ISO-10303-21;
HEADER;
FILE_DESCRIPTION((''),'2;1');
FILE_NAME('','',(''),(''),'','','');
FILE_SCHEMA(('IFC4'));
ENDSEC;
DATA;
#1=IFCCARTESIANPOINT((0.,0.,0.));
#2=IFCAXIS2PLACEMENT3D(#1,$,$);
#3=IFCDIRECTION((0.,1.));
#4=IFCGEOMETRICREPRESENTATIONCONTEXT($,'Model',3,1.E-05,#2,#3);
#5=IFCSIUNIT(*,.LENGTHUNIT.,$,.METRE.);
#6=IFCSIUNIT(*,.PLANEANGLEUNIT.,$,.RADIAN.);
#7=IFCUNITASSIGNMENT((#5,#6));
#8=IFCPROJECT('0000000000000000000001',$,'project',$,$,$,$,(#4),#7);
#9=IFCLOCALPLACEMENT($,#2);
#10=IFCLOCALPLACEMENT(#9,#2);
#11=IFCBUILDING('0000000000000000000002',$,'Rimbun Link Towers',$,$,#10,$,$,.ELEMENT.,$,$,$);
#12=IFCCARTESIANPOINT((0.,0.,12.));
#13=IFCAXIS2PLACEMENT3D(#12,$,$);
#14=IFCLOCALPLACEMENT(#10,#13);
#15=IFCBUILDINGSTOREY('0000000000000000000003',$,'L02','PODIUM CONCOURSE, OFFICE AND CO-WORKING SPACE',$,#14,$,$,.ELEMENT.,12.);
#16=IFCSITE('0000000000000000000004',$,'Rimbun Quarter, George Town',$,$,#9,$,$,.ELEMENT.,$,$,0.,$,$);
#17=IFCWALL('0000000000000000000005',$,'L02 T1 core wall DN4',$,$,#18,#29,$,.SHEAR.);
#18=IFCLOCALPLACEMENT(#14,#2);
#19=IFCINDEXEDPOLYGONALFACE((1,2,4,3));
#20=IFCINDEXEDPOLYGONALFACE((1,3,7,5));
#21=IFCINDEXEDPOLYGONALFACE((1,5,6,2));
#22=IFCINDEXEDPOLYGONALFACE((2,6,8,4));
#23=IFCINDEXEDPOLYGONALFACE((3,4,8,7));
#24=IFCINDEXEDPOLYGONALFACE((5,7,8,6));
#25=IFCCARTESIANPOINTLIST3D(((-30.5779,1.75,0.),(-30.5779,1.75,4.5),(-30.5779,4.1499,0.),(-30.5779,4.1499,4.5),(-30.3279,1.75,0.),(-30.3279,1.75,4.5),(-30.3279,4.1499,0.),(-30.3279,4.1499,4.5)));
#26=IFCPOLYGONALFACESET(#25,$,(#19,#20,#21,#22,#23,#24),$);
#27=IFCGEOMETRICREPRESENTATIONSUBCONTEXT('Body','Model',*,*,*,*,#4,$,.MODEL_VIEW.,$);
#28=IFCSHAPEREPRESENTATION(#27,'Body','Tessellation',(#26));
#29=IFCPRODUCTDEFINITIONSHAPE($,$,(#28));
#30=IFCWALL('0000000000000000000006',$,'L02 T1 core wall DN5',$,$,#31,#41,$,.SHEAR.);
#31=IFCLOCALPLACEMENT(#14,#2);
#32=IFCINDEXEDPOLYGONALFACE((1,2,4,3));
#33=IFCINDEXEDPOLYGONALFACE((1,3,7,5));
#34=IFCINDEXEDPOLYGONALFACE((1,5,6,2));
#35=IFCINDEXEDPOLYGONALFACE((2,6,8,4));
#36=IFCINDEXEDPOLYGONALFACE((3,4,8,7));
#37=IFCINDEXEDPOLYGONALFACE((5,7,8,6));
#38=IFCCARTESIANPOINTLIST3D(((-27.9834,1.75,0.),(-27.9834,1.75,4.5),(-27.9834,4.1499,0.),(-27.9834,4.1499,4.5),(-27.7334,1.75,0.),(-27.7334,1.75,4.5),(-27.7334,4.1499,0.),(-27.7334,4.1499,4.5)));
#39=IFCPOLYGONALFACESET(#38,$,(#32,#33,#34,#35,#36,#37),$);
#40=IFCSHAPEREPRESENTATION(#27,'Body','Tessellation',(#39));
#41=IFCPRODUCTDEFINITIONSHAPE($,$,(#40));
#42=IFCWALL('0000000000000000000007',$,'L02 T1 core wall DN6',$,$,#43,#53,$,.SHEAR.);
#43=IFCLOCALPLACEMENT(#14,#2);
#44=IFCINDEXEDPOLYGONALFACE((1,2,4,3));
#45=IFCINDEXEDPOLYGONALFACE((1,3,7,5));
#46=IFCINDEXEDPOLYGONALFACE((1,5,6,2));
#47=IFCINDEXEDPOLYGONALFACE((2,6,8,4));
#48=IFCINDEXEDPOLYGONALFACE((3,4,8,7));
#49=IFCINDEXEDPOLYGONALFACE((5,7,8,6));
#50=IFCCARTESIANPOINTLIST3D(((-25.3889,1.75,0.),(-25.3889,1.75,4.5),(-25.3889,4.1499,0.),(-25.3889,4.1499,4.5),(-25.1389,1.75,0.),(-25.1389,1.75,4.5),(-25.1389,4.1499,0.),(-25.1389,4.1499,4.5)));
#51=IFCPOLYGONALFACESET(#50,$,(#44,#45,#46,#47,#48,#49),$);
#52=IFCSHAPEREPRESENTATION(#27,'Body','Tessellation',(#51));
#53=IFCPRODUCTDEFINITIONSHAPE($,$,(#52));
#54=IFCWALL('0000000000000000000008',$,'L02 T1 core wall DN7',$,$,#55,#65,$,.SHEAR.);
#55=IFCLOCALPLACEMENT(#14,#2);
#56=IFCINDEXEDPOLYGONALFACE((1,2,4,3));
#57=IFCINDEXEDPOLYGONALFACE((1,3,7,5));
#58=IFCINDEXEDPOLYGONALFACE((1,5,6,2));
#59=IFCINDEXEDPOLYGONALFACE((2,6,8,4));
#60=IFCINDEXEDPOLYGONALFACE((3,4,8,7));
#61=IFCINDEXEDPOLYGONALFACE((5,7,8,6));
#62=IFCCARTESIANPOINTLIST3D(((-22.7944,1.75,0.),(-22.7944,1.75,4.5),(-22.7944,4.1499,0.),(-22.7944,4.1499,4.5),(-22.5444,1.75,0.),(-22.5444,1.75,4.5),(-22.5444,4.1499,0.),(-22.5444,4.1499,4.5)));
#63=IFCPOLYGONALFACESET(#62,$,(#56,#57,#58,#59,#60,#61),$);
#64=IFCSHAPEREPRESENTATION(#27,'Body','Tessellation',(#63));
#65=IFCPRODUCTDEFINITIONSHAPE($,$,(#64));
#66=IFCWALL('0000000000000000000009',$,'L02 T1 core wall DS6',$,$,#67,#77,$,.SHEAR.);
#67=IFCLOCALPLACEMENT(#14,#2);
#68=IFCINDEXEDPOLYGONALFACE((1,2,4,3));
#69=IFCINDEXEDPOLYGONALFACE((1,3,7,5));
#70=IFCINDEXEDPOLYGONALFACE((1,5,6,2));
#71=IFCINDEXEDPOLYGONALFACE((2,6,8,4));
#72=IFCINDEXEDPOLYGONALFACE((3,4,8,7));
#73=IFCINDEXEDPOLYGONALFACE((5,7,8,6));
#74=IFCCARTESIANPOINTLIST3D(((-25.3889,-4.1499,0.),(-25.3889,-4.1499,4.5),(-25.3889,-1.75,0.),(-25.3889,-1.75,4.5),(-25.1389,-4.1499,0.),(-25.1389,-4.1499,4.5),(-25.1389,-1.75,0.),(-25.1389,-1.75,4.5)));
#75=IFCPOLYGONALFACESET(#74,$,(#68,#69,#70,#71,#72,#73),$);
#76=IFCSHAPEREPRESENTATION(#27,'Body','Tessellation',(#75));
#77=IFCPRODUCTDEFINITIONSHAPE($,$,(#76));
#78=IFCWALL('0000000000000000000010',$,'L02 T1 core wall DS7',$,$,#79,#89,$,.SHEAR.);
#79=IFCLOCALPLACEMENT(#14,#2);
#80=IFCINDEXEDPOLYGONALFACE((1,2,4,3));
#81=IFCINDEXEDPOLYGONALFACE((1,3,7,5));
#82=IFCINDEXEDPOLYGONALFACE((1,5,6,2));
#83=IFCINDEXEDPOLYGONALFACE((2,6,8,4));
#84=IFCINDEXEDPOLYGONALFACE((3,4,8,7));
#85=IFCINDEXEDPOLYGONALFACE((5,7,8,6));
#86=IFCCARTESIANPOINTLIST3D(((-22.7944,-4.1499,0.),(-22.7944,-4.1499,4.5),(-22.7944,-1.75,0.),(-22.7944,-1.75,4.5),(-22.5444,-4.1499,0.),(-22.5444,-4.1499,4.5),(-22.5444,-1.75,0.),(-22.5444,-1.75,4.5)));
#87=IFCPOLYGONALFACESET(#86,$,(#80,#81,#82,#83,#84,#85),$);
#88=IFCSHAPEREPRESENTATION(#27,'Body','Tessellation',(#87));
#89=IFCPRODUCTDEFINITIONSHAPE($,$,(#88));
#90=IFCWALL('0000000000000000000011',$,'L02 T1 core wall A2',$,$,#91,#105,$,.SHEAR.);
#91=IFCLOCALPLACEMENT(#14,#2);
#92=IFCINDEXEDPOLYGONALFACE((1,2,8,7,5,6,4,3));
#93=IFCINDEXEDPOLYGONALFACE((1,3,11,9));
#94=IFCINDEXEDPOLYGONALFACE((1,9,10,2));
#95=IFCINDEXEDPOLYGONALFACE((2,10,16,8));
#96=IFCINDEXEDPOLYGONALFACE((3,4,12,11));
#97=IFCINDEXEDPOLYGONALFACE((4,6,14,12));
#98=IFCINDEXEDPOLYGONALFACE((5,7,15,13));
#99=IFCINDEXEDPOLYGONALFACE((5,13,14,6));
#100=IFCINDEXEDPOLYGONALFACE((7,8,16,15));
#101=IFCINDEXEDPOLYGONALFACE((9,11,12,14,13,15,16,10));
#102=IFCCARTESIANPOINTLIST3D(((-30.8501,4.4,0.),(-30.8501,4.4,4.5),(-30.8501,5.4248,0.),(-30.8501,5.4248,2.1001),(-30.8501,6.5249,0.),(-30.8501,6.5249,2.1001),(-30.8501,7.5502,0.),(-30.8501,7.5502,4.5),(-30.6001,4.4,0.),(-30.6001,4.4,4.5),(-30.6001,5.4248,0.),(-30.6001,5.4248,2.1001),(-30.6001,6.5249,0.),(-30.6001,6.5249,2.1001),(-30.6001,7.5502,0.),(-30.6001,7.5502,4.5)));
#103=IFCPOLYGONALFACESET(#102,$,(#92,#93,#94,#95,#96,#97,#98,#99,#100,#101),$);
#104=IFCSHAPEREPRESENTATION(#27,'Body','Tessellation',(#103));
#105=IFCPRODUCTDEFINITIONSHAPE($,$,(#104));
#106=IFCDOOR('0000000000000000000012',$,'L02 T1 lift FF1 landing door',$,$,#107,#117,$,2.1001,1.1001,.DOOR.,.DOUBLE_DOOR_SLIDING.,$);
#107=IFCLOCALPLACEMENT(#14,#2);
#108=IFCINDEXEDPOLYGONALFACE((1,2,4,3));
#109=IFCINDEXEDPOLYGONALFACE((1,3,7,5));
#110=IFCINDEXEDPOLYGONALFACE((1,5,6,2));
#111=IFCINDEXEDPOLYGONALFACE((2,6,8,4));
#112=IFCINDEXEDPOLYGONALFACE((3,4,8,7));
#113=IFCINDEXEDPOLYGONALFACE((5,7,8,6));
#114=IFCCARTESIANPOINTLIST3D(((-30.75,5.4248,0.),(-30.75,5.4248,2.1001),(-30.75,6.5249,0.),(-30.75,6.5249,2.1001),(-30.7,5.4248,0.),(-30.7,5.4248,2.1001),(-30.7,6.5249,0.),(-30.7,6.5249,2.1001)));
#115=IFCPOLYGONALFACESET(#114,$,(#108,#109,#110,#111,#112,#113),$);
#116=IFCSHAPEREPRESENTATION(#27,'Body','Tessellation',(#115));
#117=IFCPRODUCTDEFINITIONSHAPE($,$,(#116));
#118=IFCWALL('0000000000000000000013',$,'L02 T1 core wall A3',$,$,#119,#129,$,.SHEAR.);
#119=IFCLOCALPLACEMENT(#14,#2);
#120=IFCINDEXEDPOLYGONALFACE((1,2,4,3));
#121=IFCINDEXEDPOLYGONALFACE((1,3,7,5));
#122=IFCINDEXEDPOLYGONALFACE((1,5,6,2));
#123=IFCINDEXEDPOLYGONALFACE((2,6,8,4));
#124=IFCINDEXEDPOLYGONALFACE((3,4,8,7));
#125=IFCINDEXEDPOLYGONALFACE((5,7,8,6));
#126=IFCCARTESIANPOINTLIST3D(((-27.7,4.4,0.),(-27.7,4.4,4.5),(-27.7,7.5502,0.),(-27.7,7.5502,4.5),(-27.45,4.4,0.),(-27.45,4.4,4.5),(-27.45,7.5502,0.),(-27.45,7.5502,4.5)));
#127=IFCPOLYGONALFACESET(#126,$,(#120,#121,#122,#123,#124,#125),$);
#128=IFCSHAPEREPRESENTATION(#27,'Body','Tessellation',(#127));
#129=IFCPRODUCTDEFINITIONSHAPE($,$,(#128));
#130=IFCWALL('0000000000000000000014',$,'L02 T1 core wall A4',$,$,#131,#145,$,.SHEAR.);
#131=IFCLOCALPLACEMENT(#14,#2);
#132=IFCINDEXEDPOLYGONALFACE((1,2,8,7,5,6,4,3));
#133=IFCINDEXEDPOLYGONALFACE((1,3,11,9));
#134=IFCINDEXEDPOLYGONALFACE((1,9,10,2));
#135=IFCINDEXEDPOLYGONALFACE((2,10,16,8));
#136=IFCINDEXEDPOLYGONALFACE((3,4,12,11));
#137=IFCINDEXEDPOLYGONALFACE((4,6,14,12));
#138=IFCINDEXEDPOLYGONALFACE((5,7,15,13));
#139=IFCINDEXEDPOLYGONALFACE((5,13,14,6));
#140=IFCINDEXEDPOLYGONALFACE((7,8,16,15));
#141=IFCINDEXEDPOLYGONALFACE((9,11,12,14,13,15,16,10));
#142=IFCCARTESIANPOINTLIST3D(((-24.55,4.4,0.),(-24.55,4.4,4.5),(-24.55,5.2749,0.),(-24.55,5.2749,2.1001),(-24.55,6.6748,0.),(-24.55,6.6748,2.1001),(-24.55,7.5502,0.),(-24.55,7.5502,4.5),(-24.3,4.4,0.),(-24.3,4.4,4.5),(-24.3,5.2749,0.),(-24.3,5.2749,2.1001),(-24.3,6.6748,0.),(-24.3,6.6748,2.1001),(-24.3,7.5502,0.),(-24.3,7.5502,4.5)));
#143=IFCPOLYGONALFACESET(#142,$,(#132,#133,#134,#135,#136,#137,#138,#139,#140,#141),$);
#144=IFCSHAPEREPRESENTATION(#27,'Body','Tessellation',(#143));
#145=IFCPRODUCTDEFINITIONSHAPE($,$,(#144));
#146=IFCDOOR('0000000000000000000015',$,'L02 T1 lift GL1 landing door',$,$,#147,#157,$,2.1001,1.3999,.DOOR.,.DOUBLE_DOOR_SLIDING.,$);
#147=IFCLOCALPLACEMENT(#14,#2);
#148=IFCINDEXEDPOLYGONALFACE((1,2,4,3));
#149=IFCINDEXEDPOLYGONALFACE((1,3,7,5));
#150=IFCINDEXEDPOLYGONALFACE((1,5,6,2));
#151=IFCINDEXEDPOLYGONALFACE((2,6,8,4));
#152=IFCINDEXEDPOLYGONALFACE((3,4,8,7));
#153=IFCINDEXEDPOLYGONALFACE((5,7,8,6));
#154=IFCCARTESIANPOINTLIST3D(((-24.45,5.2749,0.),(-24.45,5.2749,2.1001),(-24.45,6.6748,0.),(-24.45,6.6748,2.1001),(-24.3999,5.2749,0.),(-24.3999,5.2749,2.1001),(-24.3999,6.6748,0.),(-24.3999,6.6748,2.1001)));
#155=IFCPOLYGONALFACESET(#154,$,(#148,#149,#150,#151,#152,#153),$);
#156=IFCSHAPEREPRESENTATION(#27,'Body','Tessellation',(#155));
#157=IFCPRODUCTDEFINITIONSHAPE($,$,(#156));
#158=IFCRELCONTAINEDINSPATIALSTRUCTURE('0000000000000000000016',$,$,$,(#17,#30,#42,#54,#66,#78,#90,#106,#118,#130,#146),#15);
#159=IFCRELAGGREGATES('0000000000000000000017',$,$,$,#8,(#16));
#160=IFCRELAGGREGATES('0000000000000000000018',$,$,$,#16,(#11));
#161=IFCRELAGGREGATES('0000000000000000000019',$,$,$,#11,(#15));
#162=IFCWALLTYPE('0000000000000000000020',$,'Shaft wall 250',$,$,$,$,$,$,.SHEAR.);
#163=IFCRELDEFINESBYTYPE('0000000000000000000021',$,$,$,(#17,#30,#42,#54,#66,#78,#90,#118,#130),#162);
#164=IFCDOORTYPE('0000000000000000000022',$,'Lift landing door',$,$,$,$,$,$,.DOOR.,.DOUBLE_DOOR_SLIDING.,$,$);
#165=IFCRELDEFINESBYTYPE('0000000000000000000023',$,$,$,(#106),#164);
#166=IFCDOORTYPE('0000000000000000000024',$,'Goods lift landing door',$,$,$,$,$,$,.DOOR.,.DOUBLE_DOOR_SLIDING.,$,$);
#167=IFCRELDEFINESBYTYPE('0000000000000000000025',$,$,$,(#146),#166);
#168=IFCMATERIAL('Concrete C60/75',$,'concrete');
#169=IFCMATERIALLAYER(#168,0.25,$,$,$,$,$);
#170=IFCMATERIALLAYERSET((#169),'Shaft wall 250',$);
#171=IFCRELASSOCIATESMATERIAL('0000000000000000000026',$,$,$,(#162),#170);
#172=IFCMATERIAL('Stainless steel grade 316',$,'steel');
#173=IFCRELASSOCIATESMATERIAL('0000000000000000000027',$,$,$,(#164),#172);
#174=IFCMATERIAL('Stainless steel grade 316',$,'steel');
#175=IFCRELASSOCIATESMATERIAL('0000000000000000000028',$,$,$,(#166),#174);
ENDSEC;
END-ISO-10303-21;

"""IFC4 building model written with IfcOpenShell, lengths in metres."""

from ifc_helpers import new_model, si_unit, direction, frame, frame_2d, origin, place, context, subcontext, project, spatial, rectangle, extrude, material, layer, layer_set, type_object, element, fill, save


model = new_model("IFC4")

# Units and contexts
model_context = context("Model", 3, precision=1e-05, world=origin(), true_north=direction((0.0, 1.0)))
body_context = subcontext(model_context, "Body", "Model", "MODEL_VIEW")
ifc_project = project(units=[si_unit("LENGTHUNIT", "METRE"), si_unit("PLANEANGLEUNIT", "RADIAN")], contexts=[model_context])

# Site, building, storey
site_placement = place(None, origin())
site = spatial("IfcSite", under=ifc_project, at=site_placement, Name="Rimbun Quarter, George Town", CompositionType="ELEMENT", RefElevation=0.0)
building_placement = place(site_placement, origin())
building = spatial("IfcBuilding", under=site, at=building_placement, Name="Rimbun Link Towers", CompositionType="ELEMENT")
storey_placement = place(building_placement, frame((0.0, 0.0, 12.0)))
storey = spatial("IfcBuildingStorey", under=building, at=storey_placement, Name="L02", Description="PODIUM CONCOURSE, OFFICE AND CO-WORKING SPACE", CompositionType="ELEMENT", Elevation=12.0)

# Walls
ifc_material_1 = material(Name="Concrete C60/75", Category="concrete")
ifc_layer_1 = layer(ifc_material_1, 0.25)
ifc_layer_set_1 = layer_set([ifc_layer_1], Name="Shaft wall 250")
wall_type_1 = type_object("IfcWallType", Name="Shaft wall 250", PredefinedType="SHEAR", material=ifc_layer_set_1)
for number, where, z_axis, x_axis, name in (
    (1, (-30.4529, 1.75, 0.0), (0.0, 0.0, 1.0), (0.0, 1.0, 0.0), "L02 T1 core wall DN4"),
    (2, (-27.8584, 1.75, 0.0), (0.0, 0.0, 1.0), (0.0, 1.0, 0.0), "L02 T1 core wall DN5"),
    (3, (-25.2639, 1.75, 0.0), (0.0, 0.0, 1.0), (0.0, 1.0, 0.0), "L02 T1 core wall DN6"),
    (4, (-22.6694, 1.75, 0.0), (0.0, 0.0, 1.0), (0.0, 1.0, 0.0), "L02 T1 core wall DN7"),
    (5, (-25.2639, -4.1499, 0.0), (0.0, 0.0, 1.0), (0.0, 1.0, 0.0), "L02 T1 core wall DS6"),
    (6, (-22.6694, -4.1499, 0.0), (0.0, 0.0, 1.0), (0.0, 1.0, 0.0), "L02 T1 core wall DS7"),
):
    element("IfcWall", number, at=place(storey_placement, frame(where, z_axis=z_axis, x_axis=x_axis)), inside=storey, type_object=wall_type_1, Name=name, PredefinedType="SHEAR", context=body_context, shape_type="SweptSolid", body=[
        extrude(rectangle(XDim=2.3999, YDim=0.25, at=frame_2d((1.2, 0.0))), origin(), (0.0, 0.0, 1.0), 4.5),
    ])

# Wall, opening, door
wall_1_placement = place(storey_placement, frame((-30.7251, 4.3999, 0.0), z_axis=(0.0, 0.0, 1.0), x_axis=(0.0, 1.0, 0.0)))
wall_1 = element("IfcWall", 7, at=wall_1_placement, inside=storey, type_object=wall_type_1, Name="L02 T1 core wall A2", PredefinedType="SHEAR", context=body_context, shape_type="SweptSolid", body=[
    extrude(rectangle(XDim=3.1501, YDim=0.25, at=frame_2d((1.5752, 0.0))), origin(), (0.0, 0.0, 1.0), 4.5),
])
opening_1_placement = place(wall_1_placement, frame((1.0249, 0.0, 0.0)))
opening_1 = element("IfcOpeningElement", 8, at=opening_1_placement, cuts=wall_1, PredefinedType="OPENING", context=body_context, shape_type="SweptSolid", body=[
    extrude(rectangle(XDim=1.1001, YDim=2.1001, at=frame_2d((0.55, 1.05))), frame((0.0, 0.135, 0.0), z_axis=(0.0, -1.0, 0.0), x_axis=(1.0, 0.0, 0.0)), (0.0, 0.0, 1.0), 0.27),
])
ifc_material_2 = material(Name="Stainless steel grade 316", Category="steel")
door_type_1 = type_object("IfcDoorType", Name="Lift landing door", OperationType="DOUBLE_DOOR_SLIDING", PredefinedType="DOOR", material=ifc_material_2)
door_1_placement = place(opening_1_placement, origin())
door_1 = element("IfcDoor", 9, at=door_1_placement, inside=storey, type_object=door_type_1, Name="L02 T1 lift FF1 landing door", OperationType="DOUBLE_DOOR_SLIDING", OverallHeight=2.1001, OverallWidth=1.1001, PredefinedType="DOOR", context=body_context, shape_type="SweptSolid", body=[
    extrude(rectangle(XDim=1.1001, YDim=2.1001, at=frame_2d((0.55, 1.05))), frame((0.0, 0.0249, 0.0), z_axis=(0.0, -1.0, 0.0), x_axis=(1.0, 0.0, 0.0)), (0.0, 0.0, 1.0), 0.05),
])
fill(opening_1, door_1)

# Wall
wall_2_placement = place(storey_placement, frame((-27.575, 4.3999, 0.0), z_axis=(0.0, 0.0, 1.0), x_axis=(0.0, 1.0, 0.0)))
element("IfcWall", 10, at=wall_2_placement, inside=storey, type_object=wall_type_1, Name="L02 T1 core wall A3", PredefinedType="SHEAR", context=body_context, shape_type="SweptSolid", body=[
    extrude(rectangle(XDim=3.1501, YDim=0.25, at=frame_2d((1.5752, 0.0))), origin(), (0.0, 0.0, 1.0), 4.5),
])

# Wall, opening, door
wall_3_placement = place(storey_placement, frame((-24.425, 4.3999, 0.0), z_axis=(0.0, 0.0, 1.0), x_axis=(0.0, 1.0, 0.0)))
wall_3 = element("IfcWall", 11, at=wall_3_placement, inside=storey, type_object=wall_type_1, Name="L02 T1 core wall A4", PredefinedType="SHEAR", context=body_context, shape_type="SweptSolid", body=[
    extrude(rectangle(XDim=3.1501, YDim=0.25, at=frame_2d((1.5752, 0.0))), origin(), (0.0, 0.0, 1.0), 4.5),
])
opening_2_placement = place(wall_3_placement, frame((0.875, 0.0, 0.0)))
opening_2 = element("IfcOpeningElement", 12, at=opening_2_placement, cuts=wall_3, PredefinedType="OPENING", context=body_context, shape_type="SweptSolid", body=[
    extrude(rectangle(XDim=1.3999, YDim=2.1001, at=frame_2d((0.7, 1.05))), frame((0.0, 0.135, 0.0), z_axis=(0.0, -1.0, 0.0), x_axis=(1.0, 0.0, 0.0)), (0.0, 0.0, 1.0), 0.27),
])
ifc_material_3 = material(Name="Stainless steel grade 316", Category="steel")
door_type_2 = type_object("IfcDoorType", Name="Goods lift landing door", OperationType="DOUBLE_DOOR_SLIDING", PredefinedType="DOOR", material=ifc_material_3)
door_2_placement = place(opening_2_placement, origin())
door_2 = element("IfcDoor", 13, at=door_2_placement, inside=storey, type_object=door_type_2, Name="L02 T1 lift GL1 landing door", OperationType="DOUBLE_DOOR_SLIDING", OverallHeight=2.1001, OverallWidth=1.3999, PredefinedType="DOOR", context=body_context, shape_type="SweptSolid", body=[
    extrude(rectangle(XDim=1.3999, YDim=2.1001, at=frame_2d((0.7, 1.05))), frame((0.0, 0.0249, 0.0), z_axis=(0.0, -1.0, 0.0), x_axis=(1.0, 0.0, 0.0)), (0.0, 0.0, 1.0), 0.05),
])
fill(opening_2, door_2)

save(model, "model.ifc")
